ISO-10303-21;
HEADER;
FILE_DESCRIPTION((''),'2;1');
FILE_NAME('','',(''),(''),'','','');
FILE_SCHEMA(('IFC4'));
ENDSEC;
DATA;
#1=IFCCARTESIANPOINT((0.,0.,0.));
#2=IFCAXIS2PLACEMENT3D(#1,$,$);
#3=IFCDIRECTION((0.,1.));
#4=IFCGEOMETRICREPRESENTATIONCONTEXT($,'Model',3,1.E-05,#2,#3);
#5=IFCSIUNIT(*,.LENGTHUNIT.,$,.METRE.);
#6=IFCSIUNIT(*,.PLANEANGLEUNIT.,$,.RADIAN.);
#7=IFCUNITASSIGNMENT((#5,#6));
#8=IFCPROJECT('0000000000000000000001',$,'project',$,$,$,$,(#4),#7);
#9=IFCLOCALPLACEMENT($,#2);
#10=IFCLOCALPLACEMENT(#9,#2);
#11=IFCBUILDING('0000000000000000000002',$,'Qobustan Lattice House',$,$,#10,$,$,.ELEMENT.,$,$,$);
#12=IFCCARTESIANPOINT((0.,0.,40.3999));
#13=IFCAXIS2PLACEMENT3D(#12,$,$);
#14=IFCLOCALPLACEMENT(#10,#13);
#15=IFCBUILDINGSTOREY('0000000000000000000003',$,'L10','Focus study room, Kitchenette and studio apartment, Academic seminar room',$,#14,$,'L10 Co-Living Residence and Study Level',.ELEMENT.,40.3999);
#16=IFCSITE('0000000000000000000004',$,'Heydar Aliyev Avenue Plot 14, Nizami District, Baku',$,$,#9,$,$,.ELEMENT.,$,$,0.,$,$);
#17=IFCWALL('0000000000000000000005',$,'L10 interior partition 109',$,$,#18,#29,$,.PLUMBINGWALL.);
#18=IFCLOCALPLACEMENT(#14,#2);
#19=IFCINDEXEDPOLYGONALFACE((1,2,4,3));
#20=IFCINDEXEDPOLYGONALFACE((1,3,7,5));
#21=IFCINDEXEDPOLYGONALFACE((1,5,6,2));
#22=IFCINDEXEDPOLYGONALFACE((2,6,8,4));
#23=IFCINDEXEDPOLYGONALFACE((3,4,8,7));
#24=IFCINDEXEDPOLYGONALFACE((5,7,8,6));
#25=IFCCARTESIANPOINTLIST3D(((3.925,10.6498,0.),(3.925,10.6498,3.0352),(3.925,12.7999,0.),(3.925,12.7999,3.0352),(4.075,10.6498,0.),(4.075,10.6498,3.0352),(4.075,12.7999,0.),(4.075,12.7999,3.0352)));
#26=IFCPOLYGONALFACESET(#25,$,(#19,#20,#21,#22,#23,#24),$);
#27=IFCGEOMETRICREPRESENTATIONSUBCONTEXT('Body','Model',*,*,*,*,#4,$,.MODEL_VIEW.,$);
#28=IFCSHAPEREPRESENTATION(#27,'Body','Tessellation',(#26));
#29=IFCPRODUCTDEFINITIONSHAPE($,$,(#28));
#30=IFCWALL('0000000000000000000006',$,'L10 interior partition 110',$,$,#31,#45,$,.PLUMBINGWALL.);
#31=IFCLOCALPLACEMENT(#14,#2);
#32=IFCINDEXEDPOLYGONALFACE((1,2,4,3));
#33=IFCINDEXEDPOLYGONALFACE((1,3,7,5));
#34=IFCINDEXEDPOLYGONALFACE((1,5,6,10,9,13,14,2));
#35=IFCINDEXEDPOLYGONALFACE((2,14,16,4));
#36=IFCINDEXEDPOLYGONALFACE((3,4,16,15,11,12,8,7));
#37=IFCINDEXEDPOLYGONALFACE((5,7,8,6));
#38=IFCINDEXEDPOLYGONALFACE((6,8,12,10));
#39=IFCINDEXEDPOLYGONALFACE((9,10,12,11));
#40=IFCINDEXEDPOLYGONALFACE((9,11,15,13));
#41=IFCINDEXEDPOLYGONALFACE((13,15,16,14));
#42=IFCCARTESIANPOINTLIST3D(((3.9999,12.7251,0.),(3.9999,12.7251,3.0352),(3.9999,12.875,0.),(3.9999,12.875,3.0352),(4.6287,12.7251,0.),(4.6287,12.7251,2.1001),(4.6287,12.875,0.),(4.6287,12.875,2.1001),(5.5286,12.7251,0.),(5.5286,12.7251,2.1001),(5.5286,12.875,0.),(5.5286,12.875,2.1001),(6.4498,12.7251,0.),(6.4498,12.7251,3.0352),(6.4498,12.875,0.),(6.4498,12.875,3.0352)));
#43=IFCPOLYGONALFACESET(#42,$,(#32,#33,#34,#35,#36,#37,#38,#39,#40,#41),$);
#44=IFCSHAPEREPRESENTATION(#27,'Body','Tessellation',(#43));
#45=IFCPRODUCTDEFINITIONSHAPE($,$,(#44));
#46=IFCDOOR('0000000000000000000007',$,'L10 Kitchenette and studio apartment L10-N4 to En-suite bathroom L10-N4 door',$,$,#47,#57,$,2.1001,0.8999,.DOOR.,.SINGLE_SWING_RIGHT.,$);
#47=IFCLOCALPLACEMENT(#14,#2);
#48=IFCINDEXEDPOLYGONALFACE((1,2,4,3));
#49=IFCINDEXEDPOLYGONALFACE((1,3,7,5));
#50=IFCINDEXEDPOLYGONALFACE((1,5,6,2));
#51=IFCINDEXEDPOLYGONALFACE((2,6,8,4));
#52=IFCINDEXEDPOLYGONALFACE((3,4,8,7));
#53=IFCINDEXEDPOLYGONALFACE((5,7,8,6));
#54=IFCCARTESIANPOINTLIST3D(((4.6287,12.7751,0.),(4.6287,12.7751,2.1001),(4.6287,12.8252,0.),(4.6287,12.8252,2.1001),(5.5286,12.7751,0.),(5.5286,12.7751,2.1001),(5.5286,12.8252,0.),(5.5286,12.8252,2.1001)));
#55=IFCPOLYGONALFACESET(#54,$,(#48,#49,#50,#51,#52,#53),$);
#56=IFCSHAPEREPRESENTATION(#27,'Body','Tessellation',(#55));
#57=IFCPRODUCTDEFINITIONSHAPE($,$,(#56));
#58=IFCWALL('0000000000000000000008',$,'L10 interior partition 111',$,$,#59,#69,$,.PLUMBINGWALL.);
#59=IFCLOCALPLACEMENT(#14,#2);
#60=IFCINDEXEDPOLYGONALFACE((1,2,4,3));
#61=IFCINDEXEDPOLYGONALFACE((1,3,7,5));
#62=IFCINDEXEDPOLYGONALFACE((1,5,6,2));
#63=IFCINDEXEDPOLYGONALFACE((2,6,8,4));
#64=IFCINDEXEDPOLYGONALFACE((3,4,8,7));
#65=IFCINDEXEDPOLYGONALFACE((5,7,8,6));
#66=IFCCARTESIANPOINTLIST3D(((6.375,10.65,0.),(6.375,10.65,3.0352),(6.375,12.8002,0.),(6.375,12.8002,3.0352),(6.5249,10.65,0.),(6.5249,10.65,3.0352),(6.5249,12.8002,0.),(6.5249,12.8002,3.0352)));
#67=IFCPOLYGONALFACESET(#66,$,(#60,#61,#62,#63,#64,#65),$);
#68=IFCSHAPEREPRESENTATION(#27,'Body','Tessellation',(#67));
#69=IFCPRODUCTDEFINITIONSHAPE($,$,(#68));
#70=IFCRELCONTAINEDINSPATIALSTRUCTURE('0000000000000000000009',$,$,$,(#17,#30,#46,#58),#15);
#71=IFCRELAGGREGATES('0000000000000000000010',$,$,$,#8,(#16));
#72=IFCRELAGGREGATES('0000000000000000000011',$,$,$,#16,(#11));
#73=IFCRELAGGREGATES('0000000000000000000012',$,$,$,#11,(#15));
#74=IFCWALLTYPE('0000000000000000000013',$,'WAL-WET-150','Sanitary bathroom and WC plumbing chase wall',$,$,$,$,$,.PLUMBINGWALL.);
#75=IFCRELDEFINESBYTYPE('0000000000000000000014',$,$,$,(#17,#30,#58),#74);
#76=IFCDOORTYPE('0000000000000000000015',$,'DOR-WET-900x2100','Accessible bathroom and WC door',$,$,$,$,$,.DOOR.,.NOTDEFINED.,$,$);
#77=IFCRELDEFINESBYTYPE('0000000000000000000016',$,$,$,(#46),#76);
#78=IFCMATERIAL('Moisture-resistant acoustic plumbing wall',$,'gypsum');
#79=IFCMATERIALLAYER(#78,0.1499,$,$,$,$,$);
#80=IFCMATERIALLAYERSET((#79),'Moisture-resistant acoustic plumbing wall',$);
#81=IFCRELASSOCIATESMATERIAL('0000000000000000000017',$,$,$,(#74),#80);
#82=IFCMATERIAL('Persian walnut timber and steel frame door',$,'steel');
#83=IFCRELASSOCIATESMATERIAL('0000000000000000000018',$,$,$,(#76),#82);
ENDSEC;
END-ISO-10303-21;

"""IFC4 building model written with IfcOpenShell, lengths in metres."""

from ifc_helpers import new_model, si_unit, direction, frame, frame_2d, origin, place, context, subcontext, project, spatial, rectangle, extrude, material, layer, layer_set, type_object, element, fill, save


model = new_model("IFC4")

# Units and contexts
model_context = context("Model", 3, precision=1e-05, world=origin(), true_north=direction((0.0, 1.0)))
body_context = subcontext(model_context, "Body", "Model", "MODEL_VIEW")
ifc_project = project(units=[si_unit("LENGTHUNIT", "METRE"), si_unit("PLANEANGLEUNIT", "RADIAN")], contexts=[model_context])

# Site, building, storey
site_placement = place(None, origin())
site = spatial("IfcSite", under=ifc_project, at=site_placement, Name="Heydar Aliyev Avenue Plot 14, Nizami District, Baku", CompositionType="ELEMENT", RefElevation=0.0)
building_placement = place(site_placement, origin())
building = spatial("IfcBuilding", under=site, at=building_placement, Name="Qobustan Lattice House", CompositionType="ELEMENT")
storey_placement = place(building_placement, frame((0.0, 0.0, 40.3999)))
storey = spatial("IfcBuildingStorey", under=building, at=storey_placement, Name="L10", Description="Focus study room, Kitchenette and studio apartment, Academic seminar room", LongName="L10 Co-Living Residence and Study Level", CompositionType="ELEMENT", Elevation=40.3999)

# Wall
ifc_material_1 = material(Name="Moisture-resistant acoustic plumbing wall", Category="gypsum")
ifc_layer_1 = layer(ifc_material_1, 0.1499)
ifc_layer_set_1 = layer_set([ifc_layer_1], Name="Moisture-resistant acoustic plumbing wall")
wall_type_1 = type_object("IfcWallType", Name="WAL-WET-150", Description="Sanitary bathroom and WC plumbing chase wall", PredefinedType="PLUMBINGWALL", material=ifc_layer_set_1)
wall_1_placement = place(storey_placement, frame((4.0, 12.8, 0.0), z_axis=(0.0, 0.0, 1.0), x_axis=(0.0, -1.0, 0.0)))
element("IfcWall", 1, at=wall_1_placement, inside=storey, type_object=wall_type_1, Name="L10 interior partition 109", PredefinedType="PLUMBINGWALL", context=body_context, shape_type="SweptSolid", body=[
    extrude(rectangle(XDim=2.1501, YDim=0.1499, at=frame_2d((1.0752, 0.0))), origin(), (0.0, 0.0, 1.0), 3.0352),
])

# Wall, opening, door
wall_2_placement = place(storey_placement, frame((6.45, 12.8, 0.0), z_axis=(0.0, 0.0, 1.0), x_axis=(-1.0, 0.0, 0.0)))
wall_2 = element("IfcWall", 2, at=wall_2_placement, inside=storey, type_object=wall_type_1, Name="L10 interior partition 110", PredefinedType="PLUMBINGWALL", context=body_context, shape_type="SweptSolid", body=[
    extrude(rectangle(XDim=2.45, YDim=0.1499, at=frame_2d((1.2251, 0.0))), origin(), (0.0, 0.0, 1.0), 3.0352),
])
opening_1_placement = place(wall_2_placement, frame((0.9214, 0.0, 0.0)))
opening_1 = element("IfcOpeningElement", 3, at=opening_1_placement, cuts=wall_2, PredefinedType="OPENING", context=body_context, shape_type="SweptSolid", body=[
    extrude(rectangle(XDim=0.8999, YDim=2.1001, at=frame_2d((0.45, 1.05))), frame((0.0, 0.085, 0.0), z_axis=(0.0, -1.0, 0.0), x_axis=(1.0, 0.0, 0.0)), (0.0, 0.0, 1.0), 0.1699),
])
ifc_material_2 = material(Name="Persian walnut timber and steel frame door", Category="steel")
door_type_1 = type_object("IfcDoorType", Name="DOR-WET-900x2100", Description="Accessible bathroom and WC door", OperationType="NOTDEFINED", PredefinedType="DOOR", material=ifc_material_2)
door_1_placement = place(opening_1_placement, origin())
door_1 = element("IfcDoor", 4, at=door_1_placement, inside=storey, type_object=door_type_1, Name="L10 Kitchenette and studio apartment L10-N4 to En-suite bathroom L10-N4 door", OperationType="SINGLE_SWING_RIGHT", OverallHeight=2.1001, OverallWidth=0.8999, PredefinedType="DOOR", context=body_context, shape_type="SweptSolid", body=[
    extrude(rectangle(XDim=0.8999, YDim=2.1001, at=frame_2d((0.45, 1.05))), frame((0.0, 0.0249, 0.0), z_axis=(0.0, -1.0, 0.0), x_axis=(1.0, 0.0, 0.0)), (0.0, 0.0, 1.0), 0.05),
])
fill(opening_1, door_1)

# Wall
wall_3_placement = place(storey_placement, frame((6.45, 10.6499, 0.0), z_axis=(0.0, 0.0, 1.0), x_axis=(0.0, 1.0, 0.0)))
element("IfcWall", 5, at=wall_3_placement, inside=storey, type_object=wall_type_1, Name="L10 interior partition 111", PredefinedType="PLUMBINGWALL", context=body_context, shape_type="SweptSolid", body=[
    extrude(rectangle(XDim=2.1501, YDim=0.1499, at=frame_2d((1.0752, 0.0))), origin(), (0.0, 0.0, 1.0), 3.0352),
])

save(model, "model.ifc")
